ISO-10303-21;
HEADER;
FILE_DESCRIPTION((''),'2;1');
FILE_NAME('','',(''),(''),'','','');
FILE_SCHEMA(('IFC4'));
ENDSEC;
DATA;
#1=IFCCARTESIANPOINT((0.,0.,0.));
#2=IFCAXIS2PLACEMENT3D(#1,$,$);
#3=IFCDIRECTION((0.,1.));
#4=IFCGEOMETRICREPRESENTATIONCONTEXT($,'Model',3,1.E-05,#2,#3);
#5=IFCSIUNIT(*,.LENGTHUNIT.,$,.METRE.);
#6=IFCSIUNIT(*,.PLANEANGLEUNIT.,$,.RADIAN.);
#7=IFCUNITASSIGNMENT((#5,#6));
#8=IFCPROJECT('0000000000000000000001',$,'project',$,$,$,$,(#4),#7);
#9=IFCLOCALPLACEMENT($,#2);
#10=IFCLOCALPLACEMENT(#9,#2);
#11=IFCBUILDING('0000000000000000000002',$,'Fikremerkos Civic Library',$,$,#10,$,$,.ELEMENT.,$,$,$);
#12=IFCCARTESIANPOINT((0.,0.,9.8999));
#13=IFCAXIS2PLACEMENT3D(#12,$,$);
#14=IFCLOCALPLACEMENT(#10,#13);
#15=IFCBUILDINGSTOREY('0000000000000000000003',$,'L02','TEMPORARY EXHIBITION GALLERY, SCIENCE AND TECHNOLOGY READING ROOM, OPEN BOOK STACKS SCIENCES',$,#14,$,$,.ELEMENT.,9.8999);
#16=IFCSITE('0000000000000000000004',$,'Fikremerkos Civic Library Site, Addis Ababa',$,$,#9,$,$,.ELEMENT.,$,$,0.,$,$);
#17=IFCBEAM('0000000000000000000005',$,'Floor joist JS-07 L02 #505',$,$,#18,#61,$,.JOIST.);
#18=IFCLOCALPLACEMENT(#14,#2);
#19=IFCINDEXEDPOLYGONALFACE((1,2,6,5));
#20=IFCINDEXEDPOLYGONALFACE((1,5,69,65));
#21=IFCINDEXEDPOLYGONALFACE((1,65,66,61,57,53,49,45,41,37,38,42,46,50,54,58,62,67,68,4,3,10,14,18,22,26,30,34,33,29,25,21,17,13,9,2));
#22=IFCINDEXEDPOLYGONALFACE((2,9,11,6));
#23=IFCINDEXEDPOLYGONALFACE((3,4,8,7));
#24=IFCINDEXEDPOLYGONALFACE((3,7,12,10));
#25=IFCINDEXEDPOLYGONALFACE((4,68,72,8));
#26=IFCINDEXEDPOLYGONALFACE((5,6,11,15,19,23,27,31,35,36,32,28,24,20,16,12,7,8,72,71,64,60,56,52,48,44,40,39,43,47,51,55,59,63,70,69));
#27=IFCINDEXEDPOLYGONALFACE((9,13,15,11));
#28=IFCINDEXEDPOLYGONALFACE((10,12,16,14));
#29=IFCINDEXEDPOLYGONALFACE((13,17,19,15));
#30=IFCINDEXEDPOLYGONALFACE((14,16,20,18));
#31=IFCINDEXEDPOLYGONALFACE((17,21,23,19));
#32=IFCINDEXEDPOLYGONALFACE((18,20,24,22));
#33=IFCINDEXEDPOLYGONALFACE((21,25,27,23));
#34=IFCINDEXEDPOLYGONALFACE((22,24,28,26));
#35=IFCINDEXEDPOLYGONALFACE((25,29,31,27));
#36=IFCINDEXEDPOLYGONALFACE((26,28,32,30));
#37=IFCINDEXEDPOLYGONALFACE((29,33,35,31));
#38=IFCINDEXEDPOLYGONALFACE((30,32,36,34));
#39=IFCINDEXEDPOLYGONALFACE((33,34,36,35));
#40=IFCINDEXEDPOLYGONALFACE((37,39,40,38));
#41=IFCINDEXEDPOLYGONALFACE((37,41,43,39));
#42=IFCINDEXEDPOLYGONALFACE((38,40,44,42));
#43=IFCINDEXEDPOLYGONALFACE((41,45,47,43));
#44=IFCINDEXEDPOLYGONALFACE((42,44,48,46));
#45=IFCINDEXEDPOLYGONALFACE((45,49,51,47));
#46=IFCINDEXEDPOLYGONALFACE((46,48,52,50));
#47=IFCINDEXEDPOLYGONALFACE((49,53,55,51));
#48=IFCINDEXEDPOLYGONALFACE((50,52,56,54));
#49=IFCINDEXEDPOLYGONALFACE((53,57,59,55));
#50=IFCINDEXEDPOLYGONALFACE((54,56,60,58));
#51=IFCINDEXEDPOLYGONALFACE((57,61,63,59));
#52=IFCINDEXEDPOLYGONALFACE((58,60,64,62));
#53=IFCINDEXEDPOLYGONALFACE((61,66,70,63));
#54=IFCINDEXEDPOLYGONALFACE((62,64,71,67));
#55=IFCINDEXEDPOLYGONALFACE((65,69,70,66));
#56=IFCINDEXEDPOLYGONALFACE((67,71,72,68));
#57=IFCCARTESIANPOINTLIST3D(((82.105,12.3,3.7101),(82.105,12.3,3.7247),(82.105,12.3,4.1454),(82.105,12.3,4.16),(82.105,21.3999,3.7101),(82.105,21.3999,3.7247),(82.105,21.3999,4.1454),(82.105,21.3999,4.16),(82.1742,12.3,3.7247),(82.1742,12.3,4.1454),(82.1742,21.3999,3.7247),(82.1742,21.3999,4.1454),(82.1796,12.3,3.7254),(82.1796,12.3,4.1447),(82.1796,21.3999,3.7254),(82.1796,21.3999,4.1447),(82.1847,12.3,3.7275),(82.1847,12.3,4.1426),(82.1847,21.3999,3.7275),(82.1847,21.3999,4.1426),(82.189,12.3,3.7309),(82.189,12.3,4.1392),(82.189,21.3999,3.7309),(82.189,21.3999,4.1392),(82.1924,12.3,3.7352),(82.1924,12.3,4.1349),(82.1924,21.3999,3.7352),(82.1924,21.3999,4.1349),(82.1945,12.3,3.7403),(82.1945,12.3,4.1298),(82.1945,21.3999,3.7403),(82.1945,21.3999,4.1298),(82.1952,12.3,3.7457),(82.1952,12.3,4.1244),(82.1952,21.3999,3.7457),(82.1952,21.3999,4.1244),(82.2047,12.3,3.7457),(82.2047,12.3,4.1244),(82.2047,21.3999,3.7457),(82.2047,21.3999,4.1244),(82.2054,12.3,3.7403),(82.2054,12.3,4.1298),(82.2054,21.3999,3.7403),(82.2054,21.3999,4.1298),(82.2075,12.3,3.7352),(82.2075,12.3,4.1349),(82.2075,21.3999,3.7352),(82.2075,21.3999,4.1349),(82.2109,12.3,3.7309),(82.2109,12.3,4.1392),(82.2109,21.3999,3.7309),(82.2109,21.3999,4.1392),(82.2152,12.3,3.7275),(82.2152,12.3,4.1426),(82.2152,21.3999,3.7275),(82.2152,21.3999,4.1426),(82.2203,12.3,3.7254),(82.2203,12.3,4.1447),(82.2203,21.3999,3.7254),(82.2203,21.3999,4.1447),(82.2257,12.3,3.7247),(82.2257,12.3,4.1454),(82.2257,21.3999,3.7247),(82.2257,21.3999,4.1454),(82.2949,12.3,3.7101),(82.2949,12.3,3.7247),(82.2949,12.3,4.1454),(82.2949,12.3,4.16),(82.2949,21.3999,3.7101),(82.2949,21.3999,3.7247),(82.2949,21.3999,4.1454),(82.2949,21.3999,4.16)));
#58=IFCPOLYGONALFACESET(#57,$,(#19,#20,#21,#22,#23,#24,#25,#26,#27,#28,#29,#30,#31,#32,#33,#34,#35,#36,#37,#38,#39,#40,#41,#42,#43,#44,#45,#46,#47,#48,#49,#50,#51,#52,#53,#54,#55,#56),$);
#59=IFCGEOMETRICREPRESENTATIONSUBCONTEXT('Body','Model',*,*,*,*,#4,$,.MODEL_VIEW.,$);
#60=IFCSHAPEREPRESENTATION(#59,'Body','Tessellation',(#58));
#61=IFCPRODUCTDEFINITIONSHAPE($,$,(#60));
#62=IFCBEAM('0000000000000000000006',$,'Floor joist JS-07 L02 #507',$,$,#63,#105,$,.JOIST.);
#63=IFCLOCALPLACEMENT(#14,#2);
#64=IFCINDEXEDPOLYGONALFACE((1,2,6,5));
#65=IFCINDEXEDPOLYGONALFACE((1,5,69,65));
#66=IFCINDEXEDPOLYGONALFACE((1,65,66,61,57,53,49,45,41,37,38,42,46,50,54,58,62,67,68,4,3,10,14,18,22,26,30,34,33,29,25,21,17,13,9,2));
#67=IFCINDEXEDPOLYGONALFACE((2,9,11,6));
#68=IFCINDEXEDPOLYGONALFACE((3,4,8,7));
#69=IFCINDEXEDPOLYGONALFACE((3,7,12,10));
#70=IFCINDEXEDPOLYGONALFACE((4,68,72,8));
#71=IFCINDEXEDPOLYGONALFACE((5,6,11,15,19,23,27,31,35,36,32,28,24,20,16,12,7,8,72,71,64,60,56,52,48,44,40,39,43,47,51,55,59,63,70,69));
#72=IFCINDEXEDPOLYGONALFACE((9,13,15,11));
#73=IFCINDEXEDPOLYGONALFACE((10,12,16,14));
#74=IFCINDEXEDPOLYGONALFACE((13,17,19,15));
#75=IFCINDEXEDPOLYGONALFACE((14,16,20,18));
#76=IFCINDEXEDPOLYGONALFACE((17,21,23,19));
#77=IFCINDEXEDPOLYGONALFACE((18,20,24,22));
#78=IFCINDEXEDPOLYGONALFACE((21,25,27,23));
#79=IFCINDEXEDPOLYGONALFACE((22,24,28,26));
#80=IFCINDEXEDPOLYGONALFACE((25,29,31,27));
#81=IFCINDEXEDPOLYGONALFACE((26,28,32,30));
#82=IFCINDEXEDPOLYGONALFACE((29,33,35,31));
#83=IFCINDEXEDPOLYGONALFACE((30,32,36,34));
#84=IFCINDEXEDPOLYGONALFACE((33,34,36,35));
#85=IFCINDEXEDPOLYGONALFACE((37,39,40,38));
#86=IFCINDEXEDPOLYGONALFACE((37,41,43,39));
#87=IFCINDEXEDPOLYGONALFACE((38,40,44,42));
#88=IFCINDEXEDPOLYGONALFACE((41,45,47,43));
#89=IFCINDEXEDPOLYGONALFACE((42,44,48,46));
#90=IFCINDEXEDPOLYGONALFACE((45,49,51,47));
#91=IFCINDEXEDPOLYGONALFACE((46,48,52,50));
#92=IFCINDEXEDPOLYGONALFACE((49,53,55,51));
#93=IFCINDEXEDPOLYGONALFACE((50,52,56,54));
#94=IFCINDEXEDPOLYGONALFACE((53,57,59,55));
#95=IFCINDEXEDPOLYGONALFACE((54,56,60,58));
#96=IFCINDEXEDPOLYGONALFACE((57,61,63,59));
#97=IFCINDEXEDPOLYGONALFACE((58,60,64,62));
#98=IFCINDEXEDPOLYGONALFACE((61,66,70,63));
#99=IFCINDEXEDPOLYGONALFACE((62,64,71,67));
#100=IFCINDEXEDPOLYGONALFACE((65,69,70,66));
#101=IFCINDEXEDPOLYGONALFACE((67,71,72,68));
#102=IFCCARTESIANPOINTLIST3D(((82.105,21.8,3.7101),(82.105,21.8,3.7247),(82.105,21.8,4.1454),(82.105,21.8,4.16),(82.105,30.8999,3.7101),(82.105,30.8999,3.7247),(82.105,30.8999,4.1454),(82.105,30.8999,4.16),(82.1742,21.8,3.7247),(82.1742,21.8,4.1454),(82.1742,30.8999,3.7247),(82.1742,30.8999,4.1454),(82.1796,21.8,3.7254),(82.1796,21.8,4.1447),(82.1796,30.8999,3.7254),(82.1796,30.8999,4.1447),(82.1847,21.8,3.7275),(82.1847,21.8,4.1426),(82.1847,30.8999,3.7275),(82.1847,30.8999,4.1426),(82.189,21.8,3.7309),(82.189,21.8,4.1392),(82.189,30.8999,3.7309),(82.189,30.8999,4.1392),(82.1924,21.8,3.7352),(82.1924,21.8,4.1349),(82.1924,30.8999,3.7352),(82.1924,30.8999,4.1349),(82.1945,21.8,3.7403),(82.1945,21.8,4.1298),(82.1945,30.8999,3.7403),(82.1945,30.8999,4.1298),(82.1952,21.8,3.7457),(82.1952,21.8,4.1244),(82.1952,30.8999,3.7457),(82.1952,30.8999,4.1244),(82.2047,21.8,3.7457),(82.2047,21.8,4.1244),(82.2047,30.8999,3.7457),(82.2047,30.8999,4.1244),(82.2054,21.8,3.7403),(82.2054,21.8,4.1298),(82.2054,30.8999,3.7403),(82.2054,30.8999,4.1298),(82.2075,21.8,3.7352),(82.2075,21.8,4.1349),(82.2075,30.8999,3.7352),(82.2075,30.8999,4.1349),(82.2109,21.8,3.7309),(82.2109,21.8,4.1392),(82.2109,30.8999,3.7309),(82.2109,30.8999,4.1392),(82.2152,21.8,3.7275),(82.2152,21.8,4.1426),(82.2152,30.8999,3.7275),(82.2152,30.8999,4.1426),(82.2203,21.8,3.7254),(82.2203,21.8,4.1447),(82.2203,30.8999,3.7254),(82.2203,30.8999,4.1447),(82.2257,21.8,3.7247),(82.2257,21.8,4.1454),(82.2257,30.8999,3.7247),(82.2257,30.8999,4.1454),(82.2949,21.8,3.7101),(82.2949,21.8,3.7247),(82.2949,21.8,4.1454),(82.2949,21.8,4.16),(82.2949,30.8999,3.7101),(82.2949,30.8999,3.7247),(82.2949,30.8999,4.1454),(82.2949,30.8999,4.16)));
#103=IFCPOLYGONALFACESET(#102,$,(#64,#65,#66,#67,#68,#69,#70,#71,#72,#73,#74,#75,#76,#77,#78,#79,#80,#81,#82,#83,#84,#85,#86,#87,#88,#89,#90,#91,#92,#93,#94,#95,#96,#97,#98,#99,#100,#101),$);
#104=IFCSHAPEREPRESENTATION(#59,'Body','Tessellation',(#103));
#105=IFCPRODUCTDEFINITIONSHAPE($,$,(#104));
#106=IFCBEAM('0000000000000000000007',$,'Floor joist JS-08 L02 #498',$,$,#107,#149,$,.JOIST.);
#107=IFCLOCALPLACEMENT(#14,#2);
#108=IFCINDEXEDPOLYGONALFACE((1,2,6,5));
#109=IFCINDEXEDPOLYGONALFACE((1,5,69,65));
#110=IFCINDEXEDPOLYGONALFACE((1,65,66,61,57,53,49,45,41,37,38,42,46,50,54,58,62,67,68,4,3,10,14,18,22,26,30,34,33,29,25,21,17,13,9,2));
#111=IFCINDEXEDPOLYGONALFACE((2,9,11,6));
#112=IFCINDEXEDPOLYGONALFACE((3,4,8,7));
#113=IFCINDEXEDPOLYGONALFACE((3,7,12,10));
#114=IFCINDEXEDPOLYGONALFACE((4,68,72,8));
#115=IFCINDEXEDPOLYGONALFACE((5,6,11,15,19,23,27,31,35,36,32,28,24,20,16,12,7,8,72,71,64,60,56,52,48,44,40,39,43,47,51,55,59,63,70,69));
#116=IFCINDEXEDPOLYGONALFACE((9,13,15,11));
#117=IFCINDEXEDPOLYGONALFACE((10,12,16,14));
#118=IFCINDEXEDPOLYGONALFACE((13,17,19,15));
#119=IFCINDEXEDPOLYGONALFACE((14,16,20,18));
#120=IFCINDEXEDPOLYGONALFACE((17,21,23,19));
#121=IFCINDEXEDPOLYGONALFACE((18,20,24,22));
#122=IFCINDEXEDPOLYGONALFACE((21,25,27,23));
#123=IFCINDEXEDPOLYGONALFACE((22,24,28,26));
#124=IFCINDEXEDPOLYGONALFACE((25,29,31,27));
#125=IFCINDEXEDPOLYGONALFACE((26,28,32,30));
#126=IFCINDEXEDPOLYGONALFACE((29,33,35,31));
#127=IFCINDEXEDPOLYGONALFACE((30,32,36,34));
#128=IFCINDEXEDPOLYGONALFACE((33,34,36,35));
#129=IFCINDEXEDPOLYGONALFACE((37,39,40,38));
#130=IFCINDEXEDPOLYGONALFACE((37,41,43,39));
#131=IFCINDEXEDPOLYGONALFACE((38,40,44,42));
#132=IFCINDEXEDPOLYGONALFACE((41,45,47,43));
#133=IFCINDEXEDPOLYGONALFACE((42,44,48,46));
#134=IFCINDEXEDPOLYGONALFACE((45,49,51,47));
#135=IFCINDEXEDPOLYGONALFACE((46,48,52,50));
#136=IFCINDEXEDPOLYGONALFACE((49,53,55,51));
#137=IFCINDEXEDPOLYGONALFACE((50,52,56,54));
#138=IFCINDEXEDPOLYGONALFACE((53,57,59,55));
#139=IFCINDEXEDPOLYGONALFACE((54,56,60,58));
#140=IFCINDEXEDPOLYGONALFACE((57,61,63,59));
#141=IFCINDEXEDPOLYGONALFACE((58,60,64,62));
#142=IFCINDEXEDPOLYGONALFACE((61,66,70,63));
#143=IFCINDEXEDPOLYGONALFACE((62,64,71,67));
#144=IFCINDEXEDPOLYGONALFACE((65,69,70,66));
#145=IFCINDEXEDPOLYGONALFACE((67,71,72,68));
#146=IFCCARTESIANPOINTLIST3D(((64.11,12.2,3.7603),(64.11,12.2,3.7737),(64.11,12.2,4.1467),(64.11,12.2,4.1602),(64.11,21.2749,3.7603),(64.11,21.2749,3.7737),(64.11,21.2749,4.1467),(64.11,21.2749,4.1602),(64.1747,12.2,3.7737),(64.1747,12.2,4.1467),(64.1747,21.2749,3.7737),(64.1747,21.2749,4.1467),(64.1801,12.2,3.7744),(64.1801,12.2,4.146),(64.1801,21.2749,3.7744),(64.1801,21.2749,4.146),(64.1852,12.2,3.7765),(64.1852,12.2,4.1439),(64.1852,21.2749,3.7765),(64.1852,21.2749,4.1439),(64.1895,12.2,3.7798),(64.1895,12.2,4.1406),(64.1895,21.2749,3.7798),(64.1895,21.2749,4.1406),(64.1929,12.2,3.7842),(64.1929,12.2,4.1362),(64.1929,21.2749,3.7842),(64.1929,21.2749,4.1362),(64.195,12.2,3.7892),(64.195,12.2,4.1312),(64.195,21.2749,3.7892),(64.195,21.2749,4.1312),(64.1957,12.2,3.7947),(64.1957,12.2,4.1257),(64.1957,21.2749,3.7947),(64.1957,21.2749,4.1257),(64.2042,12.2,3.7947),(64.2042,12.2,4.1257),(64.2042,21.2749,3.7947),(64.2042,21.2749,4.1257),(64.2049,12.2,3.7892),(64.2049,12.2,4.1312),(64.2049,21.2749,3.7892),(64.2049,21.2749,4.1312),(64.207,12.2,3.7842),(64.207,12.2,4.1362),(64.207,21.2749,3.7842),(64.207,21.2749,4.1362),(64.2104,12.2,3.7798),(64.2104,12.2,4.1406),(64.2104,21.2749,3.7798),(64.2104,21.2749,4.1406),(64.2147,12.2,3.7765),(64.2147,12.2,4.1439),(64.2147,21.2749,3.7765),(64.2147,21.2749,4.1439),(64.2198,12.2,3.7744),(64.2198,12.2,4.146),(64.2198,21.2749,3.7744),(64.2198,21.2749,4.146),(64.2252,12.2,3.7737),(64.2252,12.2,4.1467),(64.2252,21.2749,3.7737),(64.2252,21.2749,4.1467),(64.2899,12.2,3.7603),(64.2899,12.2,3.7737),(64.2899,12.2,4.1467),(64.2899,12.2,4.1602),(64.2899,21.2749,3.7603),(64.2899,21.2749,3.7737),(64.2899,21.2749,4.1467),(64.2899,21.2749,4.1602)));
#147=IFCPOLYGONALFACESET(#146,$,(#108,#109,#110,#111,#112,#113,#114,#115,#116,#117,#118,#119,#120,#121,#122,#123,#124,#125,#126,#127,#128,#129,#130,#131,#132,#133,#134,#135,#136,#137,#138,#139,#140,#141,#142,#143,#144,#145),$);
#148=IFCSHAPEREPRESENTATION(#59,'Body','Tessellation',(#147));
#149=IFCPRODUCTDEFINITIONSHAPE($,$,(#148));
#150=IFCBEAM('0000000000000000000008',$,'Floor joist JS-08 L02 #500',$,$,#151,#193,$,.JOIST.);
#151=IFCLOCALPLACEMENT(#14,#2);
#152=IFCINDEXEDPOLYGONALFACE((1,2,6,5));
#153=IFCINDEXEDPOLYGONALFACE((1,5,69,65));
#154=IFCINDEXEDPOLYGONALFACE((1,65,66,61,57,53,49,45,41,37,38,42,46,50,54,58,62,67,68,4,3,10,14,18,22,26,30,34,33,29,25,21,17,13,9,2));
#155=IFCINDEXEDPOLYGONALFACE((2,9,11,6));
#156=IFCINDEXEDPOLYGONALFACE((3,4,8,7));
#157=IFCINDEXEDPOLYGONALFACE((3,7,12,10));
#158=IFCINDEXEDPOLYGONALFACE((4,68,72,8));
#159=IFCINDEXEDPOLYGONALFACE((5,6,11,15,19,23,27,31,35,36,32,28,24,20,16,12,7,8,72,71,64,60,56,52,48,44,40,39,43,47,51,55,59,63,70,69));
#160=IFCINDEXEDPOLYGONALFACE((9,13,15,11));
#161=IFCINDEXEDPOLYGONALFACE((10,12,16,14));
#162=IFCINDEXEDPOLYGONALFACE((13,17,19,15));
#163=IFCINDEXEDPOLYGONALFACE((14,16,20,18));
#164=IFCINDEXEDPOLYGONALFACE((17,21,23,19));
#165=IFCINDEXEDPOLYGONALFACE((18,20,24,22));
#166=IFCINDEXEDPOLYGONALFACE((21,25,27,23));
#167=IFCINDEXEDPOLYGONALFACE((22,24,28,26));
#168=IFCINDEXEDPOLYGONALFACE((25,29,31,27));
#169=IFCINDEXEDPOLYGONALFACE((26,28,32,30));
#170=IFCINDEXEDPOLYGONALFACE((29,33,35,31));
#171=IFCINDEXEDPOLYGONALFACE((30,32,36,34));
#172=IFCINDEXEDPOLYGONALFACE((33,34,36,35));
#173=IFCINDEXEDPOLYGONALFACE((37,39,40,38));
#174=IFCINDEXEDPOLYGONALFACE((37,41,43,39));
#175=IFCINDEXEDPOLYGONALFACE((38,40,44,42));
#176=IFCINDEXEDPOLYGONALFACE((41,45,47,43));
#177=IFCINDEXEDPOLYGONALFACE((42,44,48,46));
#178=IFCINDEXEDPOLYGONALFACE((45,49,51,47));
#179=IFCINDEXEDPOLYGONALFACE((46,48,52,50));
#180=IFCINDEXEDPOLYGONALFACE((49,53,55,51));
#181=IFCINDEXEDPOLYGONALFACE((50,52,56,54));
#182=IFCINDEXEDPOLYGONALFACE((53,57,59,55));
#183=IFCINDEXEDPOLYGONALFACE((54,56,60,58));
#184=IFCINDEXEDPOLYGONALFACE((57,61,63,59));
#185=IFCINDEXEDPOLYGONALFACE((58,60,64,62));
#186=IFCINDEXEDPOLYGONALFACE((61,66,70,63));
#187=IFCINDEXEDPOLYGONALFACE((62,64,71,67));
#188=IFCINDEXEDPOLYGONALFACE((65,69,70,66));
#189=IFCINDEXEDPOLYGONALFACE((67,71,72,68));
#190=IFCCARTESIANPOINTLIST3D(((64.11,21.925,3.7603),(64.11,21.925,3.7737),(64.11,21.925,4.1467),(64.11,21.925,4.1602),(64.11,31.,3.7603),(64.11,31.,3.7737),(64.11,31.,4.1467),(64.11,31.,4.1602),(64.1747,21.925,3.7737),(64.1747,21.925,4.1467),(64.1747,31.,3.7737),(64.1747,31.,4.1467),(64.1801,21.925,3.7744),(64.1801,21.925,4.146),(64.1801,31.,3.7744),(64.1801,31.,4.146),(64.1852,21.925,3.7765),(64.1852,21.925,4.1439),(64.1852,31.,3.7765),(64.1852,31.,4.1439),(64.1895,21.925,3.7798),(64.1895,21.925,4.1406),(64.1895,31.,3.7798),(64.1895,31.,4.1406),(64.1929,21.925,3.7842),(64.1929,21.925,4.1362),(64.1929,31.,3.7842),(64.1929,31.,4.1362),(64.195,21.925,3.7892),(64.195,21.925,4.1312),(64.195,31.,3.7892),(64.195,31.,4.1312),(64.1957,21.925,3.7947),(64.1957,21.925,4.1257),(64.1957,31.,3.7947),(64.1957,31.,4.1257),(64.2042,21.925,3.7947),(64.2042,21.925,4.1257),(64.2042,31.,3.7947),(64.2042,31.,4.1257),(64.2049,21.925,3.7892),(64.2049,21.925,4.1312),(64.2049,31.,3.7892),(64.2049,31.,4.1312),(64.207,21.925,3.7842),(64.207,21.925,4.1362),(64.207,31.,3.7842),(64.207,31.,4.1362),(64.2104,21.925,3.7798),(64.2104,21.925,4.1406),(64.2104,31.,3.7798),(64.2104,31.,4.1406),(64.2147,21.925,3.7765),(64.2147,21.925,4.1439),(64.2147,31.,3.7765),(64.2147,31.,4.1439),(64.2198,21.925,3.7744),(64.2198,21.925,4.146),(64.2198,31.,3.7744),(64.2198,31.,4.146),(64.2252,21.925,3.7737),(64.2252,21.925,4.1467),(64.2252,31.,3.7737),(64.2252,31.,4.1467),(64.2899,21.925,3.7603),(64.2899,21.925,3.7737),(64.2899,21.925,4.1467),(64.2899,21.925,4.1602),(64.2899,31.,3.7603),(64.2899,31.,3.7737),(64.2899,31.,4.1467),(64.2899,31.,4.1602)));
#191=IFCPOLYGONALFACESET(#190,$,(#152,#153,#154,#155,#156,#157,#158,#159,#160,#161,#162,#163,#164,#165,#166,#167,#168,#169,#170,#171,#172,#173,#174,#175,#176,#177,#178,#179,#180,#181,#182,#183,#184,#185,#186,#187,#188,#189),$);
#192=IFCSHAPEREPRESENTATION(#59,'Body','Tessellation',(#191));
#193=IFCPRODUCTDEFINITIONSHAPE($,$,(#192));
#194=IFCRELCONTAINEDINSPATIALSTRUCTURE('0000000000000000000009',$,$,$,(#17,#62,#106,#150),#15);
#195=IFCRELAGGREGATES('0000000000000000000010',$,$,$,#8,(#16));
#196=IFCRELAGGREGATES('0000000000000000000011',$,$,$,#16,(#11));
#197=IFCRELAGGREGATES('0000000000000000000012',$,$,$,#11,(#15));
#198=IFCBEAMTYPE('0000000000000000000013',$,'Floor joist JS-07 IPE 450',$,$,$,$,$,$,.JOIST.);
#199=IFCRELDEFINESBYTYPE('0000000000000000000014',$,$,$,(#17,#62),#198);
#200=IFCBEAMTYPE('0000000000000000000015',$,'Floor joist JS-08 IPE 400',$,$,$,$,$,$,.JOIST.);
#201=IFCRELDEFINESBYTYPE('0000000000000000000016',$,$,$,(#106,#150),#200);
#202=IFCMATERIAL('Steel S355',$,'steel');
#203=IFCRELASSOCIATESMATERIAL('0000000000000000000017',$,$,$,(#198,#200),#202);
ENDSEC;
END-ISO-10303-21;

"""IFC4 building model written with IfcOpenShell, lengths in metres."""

from ifc_helpers import new_model, si_unit, direction, frame, origin, origin_2d, place, context, subcontext, project, spatial, i_section, extrude, material, material_profile, profile_set, type_object, element, save


model = new_model("IFC4")

# Units and contexts
model_context = context("Model", 3, precision=1e-05, world=origin(), true_north=direction((0.0, 1.0)))
body_context = subcontext(model_context, "Body", "Model", "MODEL_VIEW")
ifc_project = project(units=[si_unit("LENGTHUNIT", "METRE"), si_unit("PLANEANGLEUNIT", "RADIAN")], contexts=[model_context])

# Site, building, storey
site_placement = place(None, origin())
site = spatial("IfcSite", under=ifc_project, at=site_placement, Name="Fikremerkos Civic Library Site, Addis Ababa", CompositionType="ELEMENT", RefElevation=0.0)
building_placement = place(site_placement, origin())
building = spatial("IfcBuilding", under=site, at=building_placement, Name="Fikremerkos Civic Library", CompositionType="ELEMENT")
storey_placement = place(building_placement, frame((0.0, 0.0, 9.8999)))
storey = spatial("IfcBuildingStorey", under=building, at=storey_placement, Name="L02", Description="TEMPORARY EXHIBITION GALLERY, SCIENCE AND TECHNOLOGY READING ROOM, OPEN BOOK STACKS SCIENCES", CompositionType="ELEMENT", Elevation=9.8999)

# Shared definitions
ifc_material_1 = material(Name="Steel S355", Category="steel")

# Beams
ifc_material_profile_1 = material_profile(ifc_material_1, i_section(OverallWidth=0.1899, OverallDepth=0.45, WebThickness=0.0095, FlangeThickness=0.0146, FilletRadius=0.021, at=origin_2d()), Name="IPE 450")
ifc_profile_set_1 = profile_set([ifc_material_profile_1], Name="Steel S355")
beam_type_1 = type_object("IfcBeamType", Name="Floor joist JS-07 IPE 450", PredefinedType="JOIST", material=ifc_profile_set_1)
for number, where, z_axis, x_axis, name in (
    (1, (82.2, 12.3, 3.9351), (0.0, 1.0, 0.0), (-1.0, 0.0, 0.0), "Floor joist JS-07 L02 #505"),
    (2, (82.2, 21.8, 3.9351), (0.0, 1.0, 0.0), (-1.0, 0.0, 0.0), "Floor joist JS-07 L02 #507"),
):
    element("IfcBeam", number, at=place(storey_placement, frame(where, z_axis=z_axis, x_axis=x_axis)), inside=storey, type_object=beam_type_1, Name=name, PredefinedType="JOIST", context=body_context, shape_type="SweptSolid", body=[
        extrude(i_section(OverallWidth=0.1899, OverallDepth=0.45, WebThickness=0.0095, FlangeThickness=0.0146, FilletRadius=0.021, at=origin_2d()), origin(), (0.0, 0.0, 1.0), 9.0999),
    ])
ifc_material_profile_2 = material_profile(ifc_material_1, i_section(OverallWidth=0.1799, OverallDepth=0.3999, WebThickness=0.0085, FlangeThickness=0.0134, FilletRadius=0.021, at=origin_2d()), Name="IPE 400")
ifc_profile_set_2 = profile_set([ifc_material_profile_2], Name="Steel S355")
beam_type_2 = type_object("IfcBeamType", Name="Floor joist JS-08 IPE 400", PredefinedType="JOIST", material=ifc_profile_set_2)
for number, where, z_axis, x_axis, name in (
    (3, (64.2, 12.2, 3.9602), (0.0, 1.0, 0.0), (-1.0, 0.0, 0.0), "Floor joist JS-08 L02 #498"),
    (4, (64.2, 21.925, 3.9602), (0.0, 1.0, 0.0), (-1.0, 0.0, 0.0), "Floor joist JS-08 L02 #500"),
):
    element("IfcBeam", number, at=place(storey_placement, frame(where, z_axis=z_axis, x_axis=x_axis)), inside=storey, type_object=beam_type_2, Name=name, PredefinedType="JOIST", context=body_context, shape_type="SweptSolid", body=[
        extrude(i_section(OverallWidth=0.1799, OverallDepth=0.3999, WebThickness=0.0085, FlangeThickness=0.0134, FilletRadius=0.021, at=origin_2d()), origin(), (0.0, 0.0, 1.0), 9.075),
    ])

save(model, "model.ifc")
